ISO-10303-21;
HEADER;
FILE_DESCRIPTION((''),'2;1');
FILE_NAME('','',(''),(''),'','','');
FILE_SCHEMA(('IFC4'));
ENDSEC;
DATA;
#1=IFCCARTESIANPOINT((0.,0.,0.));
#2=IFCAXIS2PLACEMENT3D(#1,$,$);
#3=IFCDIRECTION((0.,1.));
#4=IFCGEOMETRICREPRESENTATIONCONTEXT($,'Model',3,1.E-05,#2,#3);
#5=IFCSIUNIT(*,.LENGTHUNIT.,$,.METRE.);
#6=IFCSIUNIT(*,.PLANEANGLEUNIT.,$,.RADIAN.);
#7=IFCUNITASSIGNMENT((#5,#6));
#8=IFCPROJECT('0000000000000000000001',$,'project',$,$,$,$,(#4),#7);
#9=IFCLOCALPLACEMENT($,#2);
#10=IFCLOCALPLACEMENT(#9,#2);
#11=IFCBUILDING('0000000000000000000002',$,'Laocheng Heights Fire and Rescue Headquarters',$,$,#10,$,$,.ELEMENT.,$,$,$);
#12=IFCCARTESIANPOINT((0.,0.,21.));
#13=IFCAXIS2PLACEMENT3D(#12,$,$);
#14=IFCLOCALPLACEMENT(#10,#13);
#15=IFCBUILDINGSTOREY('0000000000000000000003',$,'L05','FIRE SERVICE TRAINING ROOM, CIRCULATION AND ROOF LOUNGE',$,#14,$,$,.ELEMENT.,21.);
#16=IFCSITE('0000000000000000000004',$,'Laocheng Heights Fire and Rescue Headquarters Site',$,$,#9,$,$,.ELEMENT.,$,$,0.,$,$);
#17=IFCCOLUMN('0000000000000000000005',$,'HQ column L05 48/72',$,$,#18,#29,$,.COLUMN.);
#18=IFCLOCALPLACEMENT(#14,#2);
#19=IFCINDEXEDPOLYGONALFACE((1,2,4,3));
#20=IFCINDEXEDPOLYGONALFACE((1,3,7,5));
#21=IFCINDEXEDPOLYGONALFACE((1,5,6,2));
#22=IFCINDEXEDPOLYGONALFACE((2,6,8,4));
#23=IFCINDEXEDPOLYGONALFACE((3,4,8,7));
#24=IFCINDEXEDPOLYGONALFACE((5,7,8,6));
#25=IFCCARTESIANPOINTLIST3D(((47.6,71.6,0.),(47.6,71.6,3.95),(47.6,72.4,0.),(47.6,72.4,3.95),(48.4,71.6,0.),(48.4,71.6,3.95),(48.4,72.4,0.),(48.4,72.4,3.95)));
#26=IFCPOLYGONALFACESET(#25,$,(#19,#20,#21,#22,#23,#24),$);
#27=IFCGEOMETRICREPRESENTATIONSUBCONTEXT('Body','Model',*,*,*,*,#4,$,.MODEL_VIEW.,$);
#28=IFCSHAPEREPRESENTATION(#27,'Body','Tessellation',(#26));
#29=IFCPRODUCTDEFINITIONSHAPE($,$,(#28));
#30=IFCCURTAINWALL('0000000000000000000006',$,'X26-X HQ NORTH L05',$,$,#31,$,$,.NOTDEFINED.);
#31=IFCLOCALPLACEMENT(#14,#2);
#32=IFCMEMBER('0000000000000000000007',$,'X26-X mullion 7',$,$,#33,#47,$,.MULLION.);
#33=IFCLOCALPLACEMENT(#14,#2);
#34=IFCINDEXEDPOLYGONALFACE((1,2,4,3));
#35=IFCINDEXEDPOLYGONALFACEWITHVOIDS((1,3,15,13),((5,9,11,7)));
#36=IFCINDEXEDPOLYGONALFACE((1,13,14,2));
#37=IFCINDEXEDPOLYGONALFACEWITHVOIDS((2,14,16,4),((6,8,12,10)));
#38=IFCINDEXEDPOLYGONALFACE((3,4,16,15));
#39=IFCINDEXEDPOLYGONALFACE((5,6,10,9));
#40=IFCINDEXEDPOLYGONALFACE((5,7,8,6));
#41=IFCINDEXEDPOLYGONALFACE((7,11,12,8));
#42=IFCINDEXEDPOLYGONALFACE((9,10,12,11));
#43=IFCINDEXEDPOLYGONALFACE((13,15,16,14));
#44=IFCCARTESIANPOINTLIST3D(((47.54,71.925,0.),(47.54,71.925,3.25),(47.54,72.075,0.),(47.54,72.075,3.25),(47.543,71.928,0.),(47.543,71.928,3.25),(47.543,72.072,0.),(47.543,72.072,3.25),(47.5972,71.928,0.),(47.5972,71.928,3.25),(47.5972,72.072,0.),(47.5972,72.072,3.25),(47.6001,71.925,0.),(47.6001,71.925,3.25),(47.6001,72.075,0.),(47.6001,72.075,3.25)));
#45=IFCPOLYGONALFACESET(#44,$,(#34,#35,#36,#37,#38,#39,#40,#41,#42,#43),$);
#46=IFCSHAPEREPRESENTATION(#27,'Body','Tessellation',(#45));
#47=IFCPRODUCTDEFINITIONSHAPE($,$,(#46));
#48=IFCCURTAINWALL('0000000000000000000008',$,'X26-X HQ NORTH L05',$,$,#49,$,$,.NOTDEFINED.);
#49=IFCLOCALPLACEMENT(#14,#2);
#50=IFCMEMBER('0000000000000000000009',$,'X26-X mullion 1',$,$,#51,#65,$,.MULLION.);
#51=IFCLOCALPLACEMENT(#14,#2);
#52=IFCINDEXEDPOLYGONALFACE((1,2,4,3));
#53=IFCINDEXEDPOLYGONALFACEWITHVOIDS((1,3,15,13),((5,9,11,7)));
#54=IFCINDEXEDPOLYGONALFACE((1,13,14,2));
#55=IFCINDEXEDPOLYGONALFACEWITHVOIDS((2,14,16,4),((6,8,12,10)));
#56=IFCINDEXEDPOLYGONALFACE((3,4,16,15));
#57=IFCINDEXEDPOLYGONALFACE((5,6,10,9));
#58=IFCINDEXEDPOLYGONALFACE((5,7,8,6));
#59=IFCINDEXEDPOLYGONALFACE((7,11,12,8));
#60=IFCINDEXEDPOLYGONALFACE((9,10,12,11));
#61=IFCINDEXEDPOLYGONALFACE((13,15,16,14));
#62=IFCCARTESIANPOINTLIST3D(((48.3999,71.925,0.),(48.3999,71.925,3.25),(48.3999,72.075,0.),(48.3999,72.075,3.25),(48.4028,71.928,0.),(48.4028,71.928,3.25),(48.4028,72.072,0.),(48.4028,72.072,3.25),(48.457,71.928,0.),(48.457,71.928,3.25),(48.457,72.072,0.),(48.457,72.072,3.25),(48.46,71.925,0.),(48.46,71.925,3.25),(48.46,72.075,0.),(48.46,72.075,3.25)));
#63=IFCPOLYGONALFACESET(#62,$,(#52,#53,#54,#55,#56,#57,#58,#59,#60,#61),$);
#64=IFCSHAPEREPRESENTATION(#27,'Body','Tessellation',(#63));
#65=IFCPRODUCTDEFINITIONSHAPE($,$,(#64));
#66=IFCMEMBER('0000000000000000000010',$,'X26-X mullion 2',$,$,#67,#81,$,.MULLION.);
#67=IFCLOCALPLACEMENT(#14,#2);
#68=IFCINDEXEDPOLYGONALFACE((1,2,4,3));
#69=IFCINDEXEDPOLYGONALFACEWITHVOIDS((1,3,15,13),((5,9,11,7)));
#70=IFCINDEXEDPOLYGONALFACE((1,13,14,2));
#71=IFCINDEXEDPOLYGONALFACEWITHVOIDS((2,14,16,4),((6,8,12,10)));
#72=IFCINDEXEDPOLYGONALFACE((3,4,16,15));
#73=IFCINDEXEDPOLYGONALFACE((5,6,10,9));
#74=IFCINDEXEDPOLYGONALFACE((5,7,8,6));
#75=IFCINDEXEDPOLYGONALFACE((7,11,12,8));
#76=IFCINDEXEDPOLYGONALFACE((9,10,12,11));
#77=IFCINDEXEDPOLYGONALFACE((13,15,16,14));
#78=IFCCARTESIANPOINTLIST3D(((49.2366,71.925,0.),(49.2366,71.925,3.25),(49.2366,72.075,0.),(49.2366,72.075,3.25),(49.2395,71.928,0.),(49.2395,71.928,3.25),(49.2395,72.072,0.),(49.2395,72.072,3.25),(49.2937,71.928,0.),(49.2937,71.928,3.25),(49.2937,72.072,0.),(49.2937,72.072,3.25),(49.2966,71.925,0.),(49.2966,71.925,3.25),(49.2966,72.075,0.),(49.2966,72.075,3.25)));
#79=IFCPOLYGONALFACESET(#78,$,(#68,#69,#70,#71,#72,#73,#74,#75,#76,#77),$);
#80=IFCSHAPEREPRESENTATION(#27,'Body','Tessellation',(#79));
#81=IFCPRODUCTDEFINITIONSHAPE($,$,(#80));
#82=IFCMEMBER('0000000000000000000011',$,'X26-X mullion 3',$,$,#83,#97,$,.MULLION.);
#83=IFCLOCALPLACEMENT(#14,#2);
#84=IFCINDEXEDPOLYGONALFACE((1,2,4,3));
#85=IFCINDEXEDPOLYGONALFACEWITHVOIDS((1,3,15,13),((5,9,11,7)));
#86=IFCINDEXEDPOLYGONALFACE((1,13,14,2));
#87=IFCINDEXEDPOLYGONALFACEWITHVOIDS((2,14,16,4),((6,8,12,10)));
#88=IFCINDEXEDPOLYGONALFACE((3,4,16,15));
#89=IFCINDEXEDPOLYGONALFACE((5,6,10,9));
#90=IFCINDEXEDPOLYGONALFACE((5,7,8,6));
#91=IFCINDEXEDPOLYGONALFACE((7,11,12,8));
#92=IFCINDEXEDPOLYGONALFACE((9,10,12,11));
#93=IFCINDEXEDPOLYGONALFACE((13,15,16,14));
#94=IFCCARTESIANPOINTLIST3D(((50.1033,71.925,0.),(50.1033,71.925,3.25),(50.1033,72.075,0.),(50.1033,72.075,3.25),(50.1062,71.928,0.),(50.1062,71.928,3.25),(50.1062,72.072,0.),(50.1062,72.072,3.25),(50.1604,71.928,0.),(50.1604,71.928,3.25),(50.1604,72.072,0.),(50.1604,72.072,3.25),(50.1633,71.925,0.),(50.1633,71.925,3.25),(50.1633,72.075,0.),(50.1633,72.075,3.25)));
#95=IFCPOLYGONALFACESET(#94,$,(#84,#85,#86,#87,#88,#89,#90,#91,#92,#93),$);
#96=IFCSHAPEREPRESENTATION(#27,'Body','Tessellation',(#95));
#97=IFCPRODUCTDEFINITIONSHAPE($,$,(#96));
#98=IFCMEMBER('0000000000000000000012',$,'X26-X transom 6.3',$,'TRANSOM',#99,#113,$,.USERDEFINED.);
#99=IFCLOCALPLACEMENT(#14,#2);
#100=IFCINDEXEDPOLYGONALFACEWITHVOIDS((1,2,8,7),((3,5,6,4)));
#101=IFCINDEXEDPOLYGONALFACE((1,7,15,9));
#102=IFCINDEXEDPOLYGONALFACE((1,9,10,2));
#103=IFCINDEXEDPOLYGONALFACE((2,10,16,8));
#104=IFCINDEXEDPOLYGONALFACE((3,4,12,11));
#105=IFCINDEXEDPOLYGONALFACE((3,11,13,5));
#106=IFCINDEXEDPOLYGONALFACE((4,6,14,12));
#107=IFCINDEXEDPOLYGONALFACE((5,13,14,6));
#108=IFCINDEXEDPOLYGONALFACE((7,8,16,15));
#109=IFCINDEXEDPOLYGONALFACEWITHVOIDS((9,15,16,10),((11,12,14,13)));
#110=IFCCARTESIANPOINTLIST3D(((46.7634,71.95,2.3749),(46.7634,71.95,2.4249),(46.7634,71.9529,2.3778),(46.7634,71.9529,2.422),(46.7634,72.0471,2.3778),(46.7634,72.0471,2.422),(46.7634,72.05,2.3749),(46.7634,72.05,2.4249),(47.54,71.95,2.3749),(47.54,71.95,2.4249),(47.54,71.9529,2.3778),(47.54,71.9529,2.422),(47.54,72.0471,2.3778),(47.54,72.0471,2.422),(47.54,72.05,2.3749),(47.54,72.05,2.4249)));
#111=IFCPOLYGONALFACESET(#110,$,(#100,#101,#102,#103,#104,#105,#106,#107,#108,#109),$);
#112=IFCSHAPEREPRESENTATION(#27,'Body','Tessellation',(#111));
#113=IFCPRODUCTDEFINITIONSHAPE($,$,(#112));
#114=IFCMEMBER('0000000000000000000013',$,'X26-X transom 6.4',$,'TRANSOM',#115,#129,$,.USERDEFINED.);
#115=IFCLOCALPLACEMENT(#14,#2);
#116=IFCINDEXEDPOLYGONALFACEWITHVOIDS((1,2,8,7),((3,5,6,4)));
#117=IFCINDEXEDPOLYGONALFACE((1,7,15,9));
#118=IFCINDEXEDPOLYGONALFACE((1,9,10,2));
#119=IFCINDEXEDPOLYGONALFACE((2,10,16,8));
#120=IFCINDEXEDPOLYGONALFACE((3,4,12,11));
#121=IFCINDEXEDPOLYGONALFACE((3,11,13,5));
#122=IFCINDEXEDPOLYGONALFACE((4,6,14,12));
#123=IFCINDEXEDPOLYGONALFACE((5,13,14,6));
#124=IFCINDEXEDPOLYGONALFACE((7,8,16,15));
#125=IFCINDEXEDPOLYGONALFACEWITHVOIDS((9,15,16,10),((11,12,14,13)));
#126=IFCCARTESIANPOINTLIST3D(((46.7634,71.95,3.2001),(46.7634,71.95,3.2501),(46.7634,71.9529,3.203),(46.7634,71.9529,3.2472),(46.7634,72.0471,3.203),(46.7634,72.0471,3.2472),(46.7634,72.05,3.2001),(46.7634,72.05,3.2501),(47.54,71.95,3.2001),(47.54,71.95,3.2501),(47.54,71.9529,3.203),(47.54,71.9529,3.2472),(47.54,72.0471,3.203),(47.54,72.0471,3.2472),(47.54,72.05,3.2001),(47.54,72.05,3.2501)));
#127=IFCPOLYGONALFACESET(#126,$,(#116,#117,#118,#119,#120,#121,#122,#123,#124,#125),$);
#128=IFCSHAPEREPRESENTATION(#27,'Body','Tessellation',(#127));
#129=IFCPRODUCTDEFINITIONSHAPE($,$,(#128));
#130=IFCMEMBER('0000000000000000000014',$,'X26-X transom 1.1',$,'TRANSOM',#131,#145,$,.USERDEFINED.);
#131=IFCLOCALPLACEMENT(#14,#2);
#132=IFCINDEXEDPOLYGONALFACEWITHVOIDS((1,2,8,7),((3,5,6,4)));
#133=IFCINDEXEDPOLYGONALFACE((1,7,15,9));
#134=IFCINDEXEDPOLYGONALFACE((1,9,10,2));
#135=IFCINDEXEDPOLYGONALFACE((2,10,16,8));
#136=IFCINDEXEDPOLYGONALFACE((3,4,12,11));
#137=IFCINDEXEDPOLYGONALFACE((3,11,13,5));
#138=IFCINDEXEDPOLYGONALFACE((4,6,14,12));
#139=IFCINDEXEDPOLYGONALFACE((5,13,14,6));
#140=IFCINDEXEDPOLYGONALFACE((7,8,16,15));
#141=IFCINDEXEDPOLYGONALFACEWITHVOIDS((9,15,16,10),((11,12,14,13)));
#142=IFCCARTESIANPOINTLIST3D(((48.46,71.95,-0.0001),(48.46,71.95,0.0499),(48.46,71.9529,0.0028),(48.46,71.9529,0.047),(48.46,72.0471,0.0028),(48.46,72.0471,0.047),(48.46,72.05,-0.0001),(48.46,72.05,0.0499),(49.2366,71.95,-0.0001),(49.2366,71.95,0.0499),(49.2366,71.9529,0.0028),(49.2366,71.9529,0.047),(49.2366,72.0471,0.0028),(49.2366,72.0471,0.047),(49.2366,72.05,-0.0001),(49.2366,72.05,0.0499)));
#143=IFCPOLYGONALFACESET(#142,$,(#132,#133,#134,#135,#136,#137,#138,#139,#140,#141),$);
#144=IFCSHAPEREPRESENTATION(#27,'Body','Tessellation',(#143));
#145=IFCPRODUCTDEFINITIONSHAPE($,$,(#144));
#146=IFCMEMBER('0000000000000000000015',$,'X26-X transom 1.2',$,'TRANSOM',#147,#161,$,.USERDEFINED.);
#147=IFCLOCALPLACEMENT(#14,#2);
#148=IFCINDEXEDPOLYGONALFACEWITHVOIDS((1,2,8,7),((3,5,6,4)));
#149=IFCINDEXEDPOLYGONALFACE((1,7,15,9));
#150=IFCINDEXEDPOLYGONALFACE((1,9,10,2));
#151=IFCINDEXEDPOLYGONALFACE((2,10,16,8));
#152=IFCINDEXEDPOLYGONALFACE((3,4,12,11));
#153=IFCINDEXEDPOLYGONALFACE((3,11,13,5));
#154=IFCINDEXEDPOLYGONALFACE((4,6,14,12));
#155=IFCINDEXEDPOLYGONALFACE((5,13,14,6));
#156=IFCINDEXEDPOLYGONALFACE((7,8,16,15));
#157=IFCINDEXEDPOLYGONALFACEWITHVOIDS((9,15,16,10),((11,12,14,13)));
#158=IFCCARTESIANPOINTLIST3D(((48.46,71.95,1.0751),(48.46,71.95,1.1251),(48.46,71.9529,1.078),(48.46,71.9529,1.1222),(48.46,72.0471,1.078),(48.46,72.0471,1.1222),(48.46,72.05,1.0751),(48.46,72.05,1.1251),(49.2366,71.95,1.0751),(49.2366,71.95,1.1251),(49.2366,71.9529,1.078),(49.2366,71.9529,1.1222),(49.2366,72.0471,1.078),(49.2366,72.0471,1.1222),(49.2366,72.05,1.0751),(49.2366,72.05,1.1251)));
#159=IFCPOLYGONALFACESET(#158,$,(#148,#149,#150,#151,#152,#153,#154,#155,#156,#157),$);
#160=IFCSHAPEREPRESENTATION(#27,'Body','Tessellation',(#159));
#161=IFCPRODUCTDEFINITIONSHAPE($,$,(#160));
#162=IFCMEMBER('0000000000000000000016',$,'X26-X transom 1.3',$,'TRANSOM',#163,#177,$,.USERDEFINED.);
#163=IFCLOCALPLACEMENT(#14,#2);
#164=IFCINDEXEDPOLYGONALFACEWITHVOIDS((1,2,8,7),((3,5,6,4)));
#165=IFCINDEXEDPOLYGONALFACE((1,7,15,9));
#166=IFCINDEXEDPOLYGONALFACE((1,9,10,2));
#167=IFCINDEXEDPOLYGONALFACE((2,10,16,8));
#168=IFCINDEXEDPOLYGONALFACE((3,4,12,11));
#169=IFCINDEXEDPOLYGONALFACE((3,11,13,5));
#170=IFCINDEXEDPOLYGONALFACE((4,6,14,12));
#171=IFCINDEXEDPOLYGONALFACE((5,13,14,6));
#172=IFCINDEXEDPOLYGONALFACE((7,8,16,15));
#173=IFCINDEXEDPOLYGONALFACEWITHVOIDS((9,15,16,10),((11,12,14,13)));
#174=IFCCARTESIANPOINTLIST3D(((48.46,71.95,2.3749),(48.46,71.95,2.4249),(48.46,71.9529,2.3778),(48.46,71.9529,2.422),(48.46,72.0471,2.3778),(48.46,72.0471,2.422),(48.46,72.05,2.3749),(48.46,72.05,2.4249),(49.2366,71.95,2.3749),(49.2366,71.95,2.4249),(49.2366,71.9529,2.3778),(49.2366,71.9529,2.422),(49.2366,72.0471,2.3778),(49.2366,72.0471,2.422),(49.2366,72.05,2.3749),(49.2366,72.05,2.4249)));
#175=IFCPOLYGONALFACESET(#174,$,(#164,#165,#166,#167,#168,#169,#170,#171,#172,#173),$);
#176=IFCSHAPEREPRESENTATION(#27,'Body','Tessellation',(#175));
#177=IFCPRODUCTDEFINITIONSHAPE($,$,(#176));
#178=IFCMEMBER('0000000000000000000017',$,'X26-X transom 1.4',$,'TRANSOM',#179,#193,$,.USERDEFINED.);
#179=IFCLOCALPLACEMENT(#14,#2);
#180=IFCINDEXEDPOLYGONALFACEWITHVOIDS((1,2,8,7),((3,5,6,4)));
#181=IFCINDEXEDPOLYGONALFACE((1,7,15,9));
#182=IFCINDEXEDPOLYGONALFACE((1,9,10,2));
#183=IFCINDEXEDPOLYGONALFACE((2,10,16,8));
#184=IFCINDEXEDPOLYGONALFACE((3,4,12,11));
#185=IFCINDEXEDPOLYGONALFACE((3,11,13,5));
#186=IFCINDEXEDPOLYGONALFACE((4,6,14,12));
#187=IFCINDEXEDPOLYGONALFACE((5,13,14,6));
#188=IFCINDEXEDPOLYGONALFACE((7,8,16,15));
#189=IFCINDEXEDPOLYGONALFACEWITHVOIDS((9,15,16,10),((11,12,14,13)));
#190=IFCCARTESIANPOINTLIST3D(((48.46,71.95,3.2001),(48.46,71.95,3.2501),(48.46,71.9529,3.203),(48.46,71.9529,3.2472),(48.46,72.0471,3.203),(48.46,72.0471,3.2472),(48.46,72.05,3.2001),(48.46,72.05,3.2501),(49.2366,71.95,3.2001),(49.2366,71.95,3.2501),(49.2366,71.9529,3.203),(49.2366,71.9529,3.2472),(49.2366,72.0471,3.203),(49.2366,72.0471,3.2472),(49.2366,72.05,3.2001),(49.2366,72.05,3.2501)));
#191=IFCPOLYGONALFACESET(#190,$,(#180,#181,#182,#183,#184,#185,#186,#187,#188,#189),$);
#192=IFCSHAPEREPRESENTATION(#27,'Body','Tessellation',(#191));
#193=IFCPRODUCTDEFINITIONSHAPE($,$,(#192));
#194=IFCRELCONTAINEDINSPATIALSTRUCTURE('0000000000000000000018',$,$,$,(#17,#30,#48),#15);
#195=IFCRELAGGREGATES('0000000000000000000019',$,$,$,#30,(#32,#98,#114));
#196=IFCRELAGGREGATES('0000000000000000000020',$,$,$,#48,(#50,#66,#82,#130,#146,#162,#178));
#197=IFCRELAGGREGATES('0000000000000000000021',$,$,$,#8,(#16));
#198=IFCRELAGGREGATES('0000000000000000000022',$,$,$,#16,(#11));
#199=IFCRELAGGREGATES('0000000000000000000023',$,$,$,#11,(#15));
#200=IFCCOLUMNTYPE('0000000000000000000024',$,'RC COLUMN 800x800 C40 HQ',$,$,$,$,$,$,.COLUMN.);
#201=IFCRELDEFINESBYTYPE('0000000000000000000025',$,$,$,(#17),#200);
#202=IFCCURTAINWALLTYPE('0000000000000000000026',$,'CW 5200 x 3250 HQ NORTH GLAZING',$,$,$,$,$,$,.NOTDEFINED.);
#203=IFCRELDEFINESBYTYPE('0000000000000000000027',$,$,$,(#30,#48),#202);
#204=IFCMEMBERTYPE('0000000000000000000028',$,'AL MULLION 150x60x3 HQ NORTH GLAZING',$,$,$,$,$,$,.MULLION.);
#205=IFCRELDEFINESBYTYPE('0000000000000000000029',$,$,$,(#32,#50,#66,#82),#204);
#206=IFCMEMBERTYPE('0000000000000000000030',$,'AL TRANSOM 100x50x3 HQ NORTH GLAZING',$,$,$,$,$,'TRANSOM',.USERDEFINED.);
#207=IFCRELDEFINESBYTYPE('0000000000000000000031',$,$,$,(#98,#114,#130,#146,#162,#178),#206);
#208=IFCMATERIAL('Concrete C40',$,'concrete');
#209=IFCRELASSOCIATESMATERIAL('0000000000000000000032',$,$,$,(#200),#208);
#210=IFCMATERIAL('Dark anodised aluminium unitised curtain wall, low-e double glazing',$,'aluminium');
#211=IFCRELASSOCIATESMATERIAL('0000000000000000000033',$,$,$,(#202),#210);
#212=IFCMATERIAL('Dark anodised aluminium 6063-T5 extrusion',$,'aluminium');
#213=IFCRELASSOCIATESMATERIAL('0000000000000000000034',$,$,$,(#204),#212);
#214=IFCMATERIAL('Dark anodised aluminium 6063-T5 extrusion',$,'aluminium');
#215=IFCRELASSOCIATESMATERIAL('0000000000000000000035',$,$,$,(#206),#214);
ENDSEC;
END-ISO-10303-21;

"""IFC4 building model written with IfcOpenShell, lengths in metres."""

from ifc_helpers import new_model, si_unit, direction, frame, origin, origin_2d, place, context, subcontext, project, spatial, rectangle, hollow_rectangle, extrude, material, material_profile, profile_set, type_object, element, aggregate, save


model = new_model("IFC4")

# Units and contexts
model_context = context("Model", 3, precision=1e-05, world=origin(), true_north=direction((0.0, 1.0)))
body_context = subcontext(model_context, "Body", "Model", "MODEL_VIEW")
ifc_project = project(units=[si_unit("LENGTHUNIT", "METRE"), si_unit("PLANEANGLEUNIT", "RADIAN")], contexts=[model_context])

# Site, building, storey
site_placement = place(None, origin())
site = spatial("IfcSite", under=ifc_project, at=site_placement, Name="Laocheng Heights Fire and Rescue Headquarters Site", CompositionType="ELEMENT", RefElevation=0.0)
building_placement = place(site_placement, origin())
building = spatial("IfcBuilding", under=site, at=building_placement, Name="Laocheng Heights Fire and Rescue Headquarters", CompositionType="ELEMENT")
storey_placement = place(building_placement, frame((0.0, 0.0, 21.0)))
storey = spatial("IfcBuildingStorey", under=building, at=storey_placement, Name="L05", Description="FIRE SERVICE TRAINING ROOM, CIRCULATION AND ROOF LOUNGE", CompositionType="ELEMENT", Elevation=21.0)

# Column
ifc_material_1 = material(Name="Concrete C40", Category="concrete")
ifc_material_profile_1 = material_profile(ifc_material_1, rectangle(XDim=0.8, YDim=0.8, at=origin_2d()), Name="RC COLUMN 800x800 C40 HQ")
ifc_profile_set_1 = profile_set([ifc_material_profile_1], Name="Concrete C40")
column_type = type_object("IfcColumnType", Name="RC COLUMN 800x800 C40 HQ", PredefinedType="COLUMN", material=ifc_profile_set_1)
column_placement = place(storey_placement, frame((48.0, 72.0, 0.0), z_axis=(0.0, 0.0, 1.0), x_axis=(1.0, 0.0, 0.0)))
element("IfcColumn", 1, at=column_placement, inside=storey, type_object=column_type, Name="HQ column L05 48/72", PredefinedType="COLUMN", context=body_context, shape_type="SweptSolid", body=[
    extrude(rectangle(XDim=0.8, YDim=0.8, at=origin_2d()), origin(), (0.0, 0.0, 1.0), 3.95),
])

# Curtain wall, member
ifc_material_2 = material(Name="Dark anodised aluminium unitised curtain wall, low-e double glazing", Category="aluminium")
curtain_wall_type = type_object("IfcCurtainWallType", Name="CW 5200 x 3250 HQ NORTH GLAZING", PredefinedType="NOTDEFINED", material=ifc_material_2)
curtain_wall_1_placement = place(storey_placement, origin())
curtain_wall_1 = element("IfcCurtainWall", 2, at=curtain_wall_1_placement, inside=storey, type_object=curtain_wall_type, Name="X26-X HQ NORTH L05", PredefinedType="NOTDEFINED")
ifc_material_3 = material(Name="Dark anodised aluminium 6063-T5 extrusion", Category="aluminium")
ifc_material_profile_2 = material_profile(ifc_material_3, hollow_rectangle(XDim=0.1499, YDim=0.0601, WallThickness=0.0029, at=origin_2d()), Name="AL MULLION 150x60x3 HQ NORTH GLAZING")
ifc_profile_set_2 = profile_set([ifc_material_profile_2], Name="Dark anodised aluminium 6063-T5 extrusion")
member_type_1 = type_object("IfcMemberType", Name="AL MULLION 150x60x3 HQ NORTH GLAZING", PredefinedType="MULLION", material=ifc_profile_set_2)
member_1_placement = place(storey_placement, frame((47.5701, 72.0, 0.0), z_axis=(0.0, 0.0, 1.0), x_axis=(0.0, 1.0, 0.0)))
member_1 = element("IfcMember", 3, at=member_1_placement, type_object=member_type_1, Name="X26-X mullion 7", PredefinedType="MULLION", context=body_context, shape_type="SweptSolid", body=[
    extrude(hollow_rectangle(XDim=0.1499, YDim=0.0601, WallThickness=0.0029, at=origin_2d()), origin(), (0.0, 0.0, 1.0), 3.25),
])

# Curtain wall, members
curtain_wall_2_placement = place(storey_placement, origin())
curtain_wall_2 = element("IfcCurtainWall", 4, at=curtain_wall_2_placement, inside=storey, type_object=curtain_wall_type, Name="X26-X HQ NORTH L05", PredefinedType="NOTDEFINED")
member_2_placement = place(storey_placement, frame((48.4299, 72.0, 0.0), z_axis=(0.0, 0.0, 1.0), x_axis=(0.0, 1.0, 0.0)))
member_2 = element("IfcMember", 5, at=member_2_placement, type_object=member_type_1, Name="X26-X mullion 1", PredefinedType="MULLION", context=body_context, shape_type="SweptSolid", body=[
    extrude(hollow_rectangle(XDim=0.1499, YDim=0.0601, WallThickness=0.0029, at=origin_2d()), origin(), (0.0, 0.0, 1.0), 3.25),
])
member_3_placement = place(storey_placement, frame((49.2666, 72.0, 0.0), z_axis=(0.0, 0.0, 1.0), x_axis=(0.0, 1.0, 0.0)))
member_3 = element("IfcMember", 6, at=member_3_placement, type_object=member_type_1, Name="X26-X mullion 2", PredefinedType="MULLION", context=body_context, shape_type="SweptSolid", body=[
    extrude(hollow_rectangle(XDim=0.1499, YDim=0.0601, WallThickness=0.0029, at=origin_2d()), origin(), (0.0, 0.0, 1.0), 3.25),
])
member_4_placement = place(storey_placement, frame((50.1333, 72.0, 0.0), z_axis=(0.0, 0.0, 1.0), x_axis=(0.0, 1.0, 0.0)))
member_4 = element("IfcMember", 7, at=member_4_placement, type_object=member_type_1, Name="X26-X mullion 3", PredefinedType="MULLION", context=body_context, shape_type="SweptSolid", body=[
    extrude(hollow_rectangle(XDim=0.1499, YDim=0.0601, WallThickness=0.0029, at=origin_2d()), origin(), (0.0, 0.0, 1.0), 3.25),
])

# Members
ifc_material_4 = material(Name="Dark anodised aluminium 6063-T5 extrusion", Category="aluminium")
ifc_material_profile_3 = material_profile(ifc_material_4, hollow_rectangle(XDim=0.1001, YDim=0.05, WallThickness=0.0029, at=origin_2d()), Name="AL TRANSOM 100x50x3 HQ NORTH GLAZING")
ifc_profile_set_3 = profile_set([ifc_material_profile_3], Name="Dark anodised aluminium 6063-T5 extrusion")
member_type_2 = type_object("IfcMemberType", Name="AL TRANSOM 100x50x3 HQ NORTH GLAZING", ElementType="TRANSOM", PredefinedType="USERDEFINED", material=ifc_profile_set_3)
member_5_placement = place(storey_placement, frame((46.7634, 72.0, 2.3999), z_axis=(1.0, 0.0, 0.0), x_axis=(0.0, 1.0, 0.0)))
member_5 = element("IfcMember", 8, at=member_5_placement, type_object=member_type_2, Name="X26-X transom 6.3", ObjectType="TRANSOM", PredefinedType="USERDEFINED", context=body_context, shape_type="SweptSolid", body=[
    extrude(hollow_rectangle(XDim=0.1001, YDim=0.05, WallThickness=0.0029, at=origin_2d()), origin(), (0.0, 0.0, 1.0), 0.7766),
])
member_6_placement = place(storey_placement, frame((46.7634, 72.0, 3.2251), z_axis=(1.0, 0.0, 0.0), x_axis=(0.0, 1.0, 0.0)))
member_6 = element("IfcMember", 9, at=member_6_placement, type_object=member_type_2, Name="X26-X transom 6.4", ObjectType="TRANSOM", PredefinedType="USERDEFINED", context=body_context, shape_type="SweptSolid", body=[
    extrude(hollow_rectangle(XDim=0.1001, YDim=0.05, WallThickness=0.0029, at=origin_2d()), origin(), (0.0, 0.0, 1.0), 0.7766),
])
member_7_placement = place(storey_placement, frame((48.46, 72.0, 0.0249), z_axis=(1.0, 0.0, 0.0), x_axis=(0.0, 1.0, 0.0)))
member_7 = element("IfcMember", 10, at=member_7_placement, type_object=member_type_2, Name="X26-X transom 1.1", ObjectType="TRANSOM", PredefinedType="USERDEFINED", context=body_context, shape_type="SweptSolid", body=[
    extrude(hollow_rectangle(XDim=0.1001, YDim=0.05, WallThickness=0.0029, at=origin_2d()), origin(), (0.0, 0.0, 1.0), 0.7766),
])
member_8_placement = place(storey_placement, frame((48.46, 72.0, 1.1001), z_axis=(1.0, 0.0, 0.0), x_axis=(0.0, 1.0, 0.0)))
member_8 = element("IfcMember", 11, at=member_8_placement, type_object=member_type_2, Name="X26-X transom 1.2", ObjectType="TRANSOM", PredefinedType="USERDEFINED", context=body_context, shape_type="SweptSolid", body=[
    extrude(hollow_rectangle(XDim=0.1001, YDim=0.05, WallThickness=0.0029, at=origin_2d()), origin(), (0.0, 0.0, 1.0), 0.7766),
])
member_9_placement = place(storey_placement, frame((48.46, 72.0, 2.3999), z_axis=(1.0, 0.0, 0.0), x_axis=(0.0, 1.0, 0.0)))
member_9 = element("IfcMember", 12, at=member_9_placement, type_object=member_type_2, Name="X26-X transom 1.3", ObjectType="TRANSOM", PredefinedType="USERDEFINED", context=body_context, shape_type="SweptSolid", body=[
    extrude(hollow_rectangle(XDim=0.1001, YDim=0.05, WallThickness=0.0029, at=origin_2d()), origin(), (0.0, 0.0, 1.0), 0.7766),
])
member_10_placement = place(storey_placement, frame((48.46, 72.0, 3.2251), z_axis=(1.0, 0.0, 0.0), x_axis=(0.0, 1.0, 0.0)))
member_10 = element("IfcMember", 13, at=member_10_placement, type_object=member_type_2, Name="X26-X transom 1.4", ObjectType="TRANSOM", PredefinedType="USERDEFINED", context=body_context, shape_type="SweptSolid", body=[
    extrude(hollow_rectangle(XDim=0.1001, YDim=0.05, WallThickness=0.0029, at=origin_2d()), origin(), (0.0, 0.0, 1.0), 0.7766),
])

aggregate(curtain_wall_1, [member_1, member_5, member_6])
aggregate(curtain_wall_2, [member_2, member_3, member_4, member_7, member_8, member_9, member_10])

save(model, "model.ifc")
